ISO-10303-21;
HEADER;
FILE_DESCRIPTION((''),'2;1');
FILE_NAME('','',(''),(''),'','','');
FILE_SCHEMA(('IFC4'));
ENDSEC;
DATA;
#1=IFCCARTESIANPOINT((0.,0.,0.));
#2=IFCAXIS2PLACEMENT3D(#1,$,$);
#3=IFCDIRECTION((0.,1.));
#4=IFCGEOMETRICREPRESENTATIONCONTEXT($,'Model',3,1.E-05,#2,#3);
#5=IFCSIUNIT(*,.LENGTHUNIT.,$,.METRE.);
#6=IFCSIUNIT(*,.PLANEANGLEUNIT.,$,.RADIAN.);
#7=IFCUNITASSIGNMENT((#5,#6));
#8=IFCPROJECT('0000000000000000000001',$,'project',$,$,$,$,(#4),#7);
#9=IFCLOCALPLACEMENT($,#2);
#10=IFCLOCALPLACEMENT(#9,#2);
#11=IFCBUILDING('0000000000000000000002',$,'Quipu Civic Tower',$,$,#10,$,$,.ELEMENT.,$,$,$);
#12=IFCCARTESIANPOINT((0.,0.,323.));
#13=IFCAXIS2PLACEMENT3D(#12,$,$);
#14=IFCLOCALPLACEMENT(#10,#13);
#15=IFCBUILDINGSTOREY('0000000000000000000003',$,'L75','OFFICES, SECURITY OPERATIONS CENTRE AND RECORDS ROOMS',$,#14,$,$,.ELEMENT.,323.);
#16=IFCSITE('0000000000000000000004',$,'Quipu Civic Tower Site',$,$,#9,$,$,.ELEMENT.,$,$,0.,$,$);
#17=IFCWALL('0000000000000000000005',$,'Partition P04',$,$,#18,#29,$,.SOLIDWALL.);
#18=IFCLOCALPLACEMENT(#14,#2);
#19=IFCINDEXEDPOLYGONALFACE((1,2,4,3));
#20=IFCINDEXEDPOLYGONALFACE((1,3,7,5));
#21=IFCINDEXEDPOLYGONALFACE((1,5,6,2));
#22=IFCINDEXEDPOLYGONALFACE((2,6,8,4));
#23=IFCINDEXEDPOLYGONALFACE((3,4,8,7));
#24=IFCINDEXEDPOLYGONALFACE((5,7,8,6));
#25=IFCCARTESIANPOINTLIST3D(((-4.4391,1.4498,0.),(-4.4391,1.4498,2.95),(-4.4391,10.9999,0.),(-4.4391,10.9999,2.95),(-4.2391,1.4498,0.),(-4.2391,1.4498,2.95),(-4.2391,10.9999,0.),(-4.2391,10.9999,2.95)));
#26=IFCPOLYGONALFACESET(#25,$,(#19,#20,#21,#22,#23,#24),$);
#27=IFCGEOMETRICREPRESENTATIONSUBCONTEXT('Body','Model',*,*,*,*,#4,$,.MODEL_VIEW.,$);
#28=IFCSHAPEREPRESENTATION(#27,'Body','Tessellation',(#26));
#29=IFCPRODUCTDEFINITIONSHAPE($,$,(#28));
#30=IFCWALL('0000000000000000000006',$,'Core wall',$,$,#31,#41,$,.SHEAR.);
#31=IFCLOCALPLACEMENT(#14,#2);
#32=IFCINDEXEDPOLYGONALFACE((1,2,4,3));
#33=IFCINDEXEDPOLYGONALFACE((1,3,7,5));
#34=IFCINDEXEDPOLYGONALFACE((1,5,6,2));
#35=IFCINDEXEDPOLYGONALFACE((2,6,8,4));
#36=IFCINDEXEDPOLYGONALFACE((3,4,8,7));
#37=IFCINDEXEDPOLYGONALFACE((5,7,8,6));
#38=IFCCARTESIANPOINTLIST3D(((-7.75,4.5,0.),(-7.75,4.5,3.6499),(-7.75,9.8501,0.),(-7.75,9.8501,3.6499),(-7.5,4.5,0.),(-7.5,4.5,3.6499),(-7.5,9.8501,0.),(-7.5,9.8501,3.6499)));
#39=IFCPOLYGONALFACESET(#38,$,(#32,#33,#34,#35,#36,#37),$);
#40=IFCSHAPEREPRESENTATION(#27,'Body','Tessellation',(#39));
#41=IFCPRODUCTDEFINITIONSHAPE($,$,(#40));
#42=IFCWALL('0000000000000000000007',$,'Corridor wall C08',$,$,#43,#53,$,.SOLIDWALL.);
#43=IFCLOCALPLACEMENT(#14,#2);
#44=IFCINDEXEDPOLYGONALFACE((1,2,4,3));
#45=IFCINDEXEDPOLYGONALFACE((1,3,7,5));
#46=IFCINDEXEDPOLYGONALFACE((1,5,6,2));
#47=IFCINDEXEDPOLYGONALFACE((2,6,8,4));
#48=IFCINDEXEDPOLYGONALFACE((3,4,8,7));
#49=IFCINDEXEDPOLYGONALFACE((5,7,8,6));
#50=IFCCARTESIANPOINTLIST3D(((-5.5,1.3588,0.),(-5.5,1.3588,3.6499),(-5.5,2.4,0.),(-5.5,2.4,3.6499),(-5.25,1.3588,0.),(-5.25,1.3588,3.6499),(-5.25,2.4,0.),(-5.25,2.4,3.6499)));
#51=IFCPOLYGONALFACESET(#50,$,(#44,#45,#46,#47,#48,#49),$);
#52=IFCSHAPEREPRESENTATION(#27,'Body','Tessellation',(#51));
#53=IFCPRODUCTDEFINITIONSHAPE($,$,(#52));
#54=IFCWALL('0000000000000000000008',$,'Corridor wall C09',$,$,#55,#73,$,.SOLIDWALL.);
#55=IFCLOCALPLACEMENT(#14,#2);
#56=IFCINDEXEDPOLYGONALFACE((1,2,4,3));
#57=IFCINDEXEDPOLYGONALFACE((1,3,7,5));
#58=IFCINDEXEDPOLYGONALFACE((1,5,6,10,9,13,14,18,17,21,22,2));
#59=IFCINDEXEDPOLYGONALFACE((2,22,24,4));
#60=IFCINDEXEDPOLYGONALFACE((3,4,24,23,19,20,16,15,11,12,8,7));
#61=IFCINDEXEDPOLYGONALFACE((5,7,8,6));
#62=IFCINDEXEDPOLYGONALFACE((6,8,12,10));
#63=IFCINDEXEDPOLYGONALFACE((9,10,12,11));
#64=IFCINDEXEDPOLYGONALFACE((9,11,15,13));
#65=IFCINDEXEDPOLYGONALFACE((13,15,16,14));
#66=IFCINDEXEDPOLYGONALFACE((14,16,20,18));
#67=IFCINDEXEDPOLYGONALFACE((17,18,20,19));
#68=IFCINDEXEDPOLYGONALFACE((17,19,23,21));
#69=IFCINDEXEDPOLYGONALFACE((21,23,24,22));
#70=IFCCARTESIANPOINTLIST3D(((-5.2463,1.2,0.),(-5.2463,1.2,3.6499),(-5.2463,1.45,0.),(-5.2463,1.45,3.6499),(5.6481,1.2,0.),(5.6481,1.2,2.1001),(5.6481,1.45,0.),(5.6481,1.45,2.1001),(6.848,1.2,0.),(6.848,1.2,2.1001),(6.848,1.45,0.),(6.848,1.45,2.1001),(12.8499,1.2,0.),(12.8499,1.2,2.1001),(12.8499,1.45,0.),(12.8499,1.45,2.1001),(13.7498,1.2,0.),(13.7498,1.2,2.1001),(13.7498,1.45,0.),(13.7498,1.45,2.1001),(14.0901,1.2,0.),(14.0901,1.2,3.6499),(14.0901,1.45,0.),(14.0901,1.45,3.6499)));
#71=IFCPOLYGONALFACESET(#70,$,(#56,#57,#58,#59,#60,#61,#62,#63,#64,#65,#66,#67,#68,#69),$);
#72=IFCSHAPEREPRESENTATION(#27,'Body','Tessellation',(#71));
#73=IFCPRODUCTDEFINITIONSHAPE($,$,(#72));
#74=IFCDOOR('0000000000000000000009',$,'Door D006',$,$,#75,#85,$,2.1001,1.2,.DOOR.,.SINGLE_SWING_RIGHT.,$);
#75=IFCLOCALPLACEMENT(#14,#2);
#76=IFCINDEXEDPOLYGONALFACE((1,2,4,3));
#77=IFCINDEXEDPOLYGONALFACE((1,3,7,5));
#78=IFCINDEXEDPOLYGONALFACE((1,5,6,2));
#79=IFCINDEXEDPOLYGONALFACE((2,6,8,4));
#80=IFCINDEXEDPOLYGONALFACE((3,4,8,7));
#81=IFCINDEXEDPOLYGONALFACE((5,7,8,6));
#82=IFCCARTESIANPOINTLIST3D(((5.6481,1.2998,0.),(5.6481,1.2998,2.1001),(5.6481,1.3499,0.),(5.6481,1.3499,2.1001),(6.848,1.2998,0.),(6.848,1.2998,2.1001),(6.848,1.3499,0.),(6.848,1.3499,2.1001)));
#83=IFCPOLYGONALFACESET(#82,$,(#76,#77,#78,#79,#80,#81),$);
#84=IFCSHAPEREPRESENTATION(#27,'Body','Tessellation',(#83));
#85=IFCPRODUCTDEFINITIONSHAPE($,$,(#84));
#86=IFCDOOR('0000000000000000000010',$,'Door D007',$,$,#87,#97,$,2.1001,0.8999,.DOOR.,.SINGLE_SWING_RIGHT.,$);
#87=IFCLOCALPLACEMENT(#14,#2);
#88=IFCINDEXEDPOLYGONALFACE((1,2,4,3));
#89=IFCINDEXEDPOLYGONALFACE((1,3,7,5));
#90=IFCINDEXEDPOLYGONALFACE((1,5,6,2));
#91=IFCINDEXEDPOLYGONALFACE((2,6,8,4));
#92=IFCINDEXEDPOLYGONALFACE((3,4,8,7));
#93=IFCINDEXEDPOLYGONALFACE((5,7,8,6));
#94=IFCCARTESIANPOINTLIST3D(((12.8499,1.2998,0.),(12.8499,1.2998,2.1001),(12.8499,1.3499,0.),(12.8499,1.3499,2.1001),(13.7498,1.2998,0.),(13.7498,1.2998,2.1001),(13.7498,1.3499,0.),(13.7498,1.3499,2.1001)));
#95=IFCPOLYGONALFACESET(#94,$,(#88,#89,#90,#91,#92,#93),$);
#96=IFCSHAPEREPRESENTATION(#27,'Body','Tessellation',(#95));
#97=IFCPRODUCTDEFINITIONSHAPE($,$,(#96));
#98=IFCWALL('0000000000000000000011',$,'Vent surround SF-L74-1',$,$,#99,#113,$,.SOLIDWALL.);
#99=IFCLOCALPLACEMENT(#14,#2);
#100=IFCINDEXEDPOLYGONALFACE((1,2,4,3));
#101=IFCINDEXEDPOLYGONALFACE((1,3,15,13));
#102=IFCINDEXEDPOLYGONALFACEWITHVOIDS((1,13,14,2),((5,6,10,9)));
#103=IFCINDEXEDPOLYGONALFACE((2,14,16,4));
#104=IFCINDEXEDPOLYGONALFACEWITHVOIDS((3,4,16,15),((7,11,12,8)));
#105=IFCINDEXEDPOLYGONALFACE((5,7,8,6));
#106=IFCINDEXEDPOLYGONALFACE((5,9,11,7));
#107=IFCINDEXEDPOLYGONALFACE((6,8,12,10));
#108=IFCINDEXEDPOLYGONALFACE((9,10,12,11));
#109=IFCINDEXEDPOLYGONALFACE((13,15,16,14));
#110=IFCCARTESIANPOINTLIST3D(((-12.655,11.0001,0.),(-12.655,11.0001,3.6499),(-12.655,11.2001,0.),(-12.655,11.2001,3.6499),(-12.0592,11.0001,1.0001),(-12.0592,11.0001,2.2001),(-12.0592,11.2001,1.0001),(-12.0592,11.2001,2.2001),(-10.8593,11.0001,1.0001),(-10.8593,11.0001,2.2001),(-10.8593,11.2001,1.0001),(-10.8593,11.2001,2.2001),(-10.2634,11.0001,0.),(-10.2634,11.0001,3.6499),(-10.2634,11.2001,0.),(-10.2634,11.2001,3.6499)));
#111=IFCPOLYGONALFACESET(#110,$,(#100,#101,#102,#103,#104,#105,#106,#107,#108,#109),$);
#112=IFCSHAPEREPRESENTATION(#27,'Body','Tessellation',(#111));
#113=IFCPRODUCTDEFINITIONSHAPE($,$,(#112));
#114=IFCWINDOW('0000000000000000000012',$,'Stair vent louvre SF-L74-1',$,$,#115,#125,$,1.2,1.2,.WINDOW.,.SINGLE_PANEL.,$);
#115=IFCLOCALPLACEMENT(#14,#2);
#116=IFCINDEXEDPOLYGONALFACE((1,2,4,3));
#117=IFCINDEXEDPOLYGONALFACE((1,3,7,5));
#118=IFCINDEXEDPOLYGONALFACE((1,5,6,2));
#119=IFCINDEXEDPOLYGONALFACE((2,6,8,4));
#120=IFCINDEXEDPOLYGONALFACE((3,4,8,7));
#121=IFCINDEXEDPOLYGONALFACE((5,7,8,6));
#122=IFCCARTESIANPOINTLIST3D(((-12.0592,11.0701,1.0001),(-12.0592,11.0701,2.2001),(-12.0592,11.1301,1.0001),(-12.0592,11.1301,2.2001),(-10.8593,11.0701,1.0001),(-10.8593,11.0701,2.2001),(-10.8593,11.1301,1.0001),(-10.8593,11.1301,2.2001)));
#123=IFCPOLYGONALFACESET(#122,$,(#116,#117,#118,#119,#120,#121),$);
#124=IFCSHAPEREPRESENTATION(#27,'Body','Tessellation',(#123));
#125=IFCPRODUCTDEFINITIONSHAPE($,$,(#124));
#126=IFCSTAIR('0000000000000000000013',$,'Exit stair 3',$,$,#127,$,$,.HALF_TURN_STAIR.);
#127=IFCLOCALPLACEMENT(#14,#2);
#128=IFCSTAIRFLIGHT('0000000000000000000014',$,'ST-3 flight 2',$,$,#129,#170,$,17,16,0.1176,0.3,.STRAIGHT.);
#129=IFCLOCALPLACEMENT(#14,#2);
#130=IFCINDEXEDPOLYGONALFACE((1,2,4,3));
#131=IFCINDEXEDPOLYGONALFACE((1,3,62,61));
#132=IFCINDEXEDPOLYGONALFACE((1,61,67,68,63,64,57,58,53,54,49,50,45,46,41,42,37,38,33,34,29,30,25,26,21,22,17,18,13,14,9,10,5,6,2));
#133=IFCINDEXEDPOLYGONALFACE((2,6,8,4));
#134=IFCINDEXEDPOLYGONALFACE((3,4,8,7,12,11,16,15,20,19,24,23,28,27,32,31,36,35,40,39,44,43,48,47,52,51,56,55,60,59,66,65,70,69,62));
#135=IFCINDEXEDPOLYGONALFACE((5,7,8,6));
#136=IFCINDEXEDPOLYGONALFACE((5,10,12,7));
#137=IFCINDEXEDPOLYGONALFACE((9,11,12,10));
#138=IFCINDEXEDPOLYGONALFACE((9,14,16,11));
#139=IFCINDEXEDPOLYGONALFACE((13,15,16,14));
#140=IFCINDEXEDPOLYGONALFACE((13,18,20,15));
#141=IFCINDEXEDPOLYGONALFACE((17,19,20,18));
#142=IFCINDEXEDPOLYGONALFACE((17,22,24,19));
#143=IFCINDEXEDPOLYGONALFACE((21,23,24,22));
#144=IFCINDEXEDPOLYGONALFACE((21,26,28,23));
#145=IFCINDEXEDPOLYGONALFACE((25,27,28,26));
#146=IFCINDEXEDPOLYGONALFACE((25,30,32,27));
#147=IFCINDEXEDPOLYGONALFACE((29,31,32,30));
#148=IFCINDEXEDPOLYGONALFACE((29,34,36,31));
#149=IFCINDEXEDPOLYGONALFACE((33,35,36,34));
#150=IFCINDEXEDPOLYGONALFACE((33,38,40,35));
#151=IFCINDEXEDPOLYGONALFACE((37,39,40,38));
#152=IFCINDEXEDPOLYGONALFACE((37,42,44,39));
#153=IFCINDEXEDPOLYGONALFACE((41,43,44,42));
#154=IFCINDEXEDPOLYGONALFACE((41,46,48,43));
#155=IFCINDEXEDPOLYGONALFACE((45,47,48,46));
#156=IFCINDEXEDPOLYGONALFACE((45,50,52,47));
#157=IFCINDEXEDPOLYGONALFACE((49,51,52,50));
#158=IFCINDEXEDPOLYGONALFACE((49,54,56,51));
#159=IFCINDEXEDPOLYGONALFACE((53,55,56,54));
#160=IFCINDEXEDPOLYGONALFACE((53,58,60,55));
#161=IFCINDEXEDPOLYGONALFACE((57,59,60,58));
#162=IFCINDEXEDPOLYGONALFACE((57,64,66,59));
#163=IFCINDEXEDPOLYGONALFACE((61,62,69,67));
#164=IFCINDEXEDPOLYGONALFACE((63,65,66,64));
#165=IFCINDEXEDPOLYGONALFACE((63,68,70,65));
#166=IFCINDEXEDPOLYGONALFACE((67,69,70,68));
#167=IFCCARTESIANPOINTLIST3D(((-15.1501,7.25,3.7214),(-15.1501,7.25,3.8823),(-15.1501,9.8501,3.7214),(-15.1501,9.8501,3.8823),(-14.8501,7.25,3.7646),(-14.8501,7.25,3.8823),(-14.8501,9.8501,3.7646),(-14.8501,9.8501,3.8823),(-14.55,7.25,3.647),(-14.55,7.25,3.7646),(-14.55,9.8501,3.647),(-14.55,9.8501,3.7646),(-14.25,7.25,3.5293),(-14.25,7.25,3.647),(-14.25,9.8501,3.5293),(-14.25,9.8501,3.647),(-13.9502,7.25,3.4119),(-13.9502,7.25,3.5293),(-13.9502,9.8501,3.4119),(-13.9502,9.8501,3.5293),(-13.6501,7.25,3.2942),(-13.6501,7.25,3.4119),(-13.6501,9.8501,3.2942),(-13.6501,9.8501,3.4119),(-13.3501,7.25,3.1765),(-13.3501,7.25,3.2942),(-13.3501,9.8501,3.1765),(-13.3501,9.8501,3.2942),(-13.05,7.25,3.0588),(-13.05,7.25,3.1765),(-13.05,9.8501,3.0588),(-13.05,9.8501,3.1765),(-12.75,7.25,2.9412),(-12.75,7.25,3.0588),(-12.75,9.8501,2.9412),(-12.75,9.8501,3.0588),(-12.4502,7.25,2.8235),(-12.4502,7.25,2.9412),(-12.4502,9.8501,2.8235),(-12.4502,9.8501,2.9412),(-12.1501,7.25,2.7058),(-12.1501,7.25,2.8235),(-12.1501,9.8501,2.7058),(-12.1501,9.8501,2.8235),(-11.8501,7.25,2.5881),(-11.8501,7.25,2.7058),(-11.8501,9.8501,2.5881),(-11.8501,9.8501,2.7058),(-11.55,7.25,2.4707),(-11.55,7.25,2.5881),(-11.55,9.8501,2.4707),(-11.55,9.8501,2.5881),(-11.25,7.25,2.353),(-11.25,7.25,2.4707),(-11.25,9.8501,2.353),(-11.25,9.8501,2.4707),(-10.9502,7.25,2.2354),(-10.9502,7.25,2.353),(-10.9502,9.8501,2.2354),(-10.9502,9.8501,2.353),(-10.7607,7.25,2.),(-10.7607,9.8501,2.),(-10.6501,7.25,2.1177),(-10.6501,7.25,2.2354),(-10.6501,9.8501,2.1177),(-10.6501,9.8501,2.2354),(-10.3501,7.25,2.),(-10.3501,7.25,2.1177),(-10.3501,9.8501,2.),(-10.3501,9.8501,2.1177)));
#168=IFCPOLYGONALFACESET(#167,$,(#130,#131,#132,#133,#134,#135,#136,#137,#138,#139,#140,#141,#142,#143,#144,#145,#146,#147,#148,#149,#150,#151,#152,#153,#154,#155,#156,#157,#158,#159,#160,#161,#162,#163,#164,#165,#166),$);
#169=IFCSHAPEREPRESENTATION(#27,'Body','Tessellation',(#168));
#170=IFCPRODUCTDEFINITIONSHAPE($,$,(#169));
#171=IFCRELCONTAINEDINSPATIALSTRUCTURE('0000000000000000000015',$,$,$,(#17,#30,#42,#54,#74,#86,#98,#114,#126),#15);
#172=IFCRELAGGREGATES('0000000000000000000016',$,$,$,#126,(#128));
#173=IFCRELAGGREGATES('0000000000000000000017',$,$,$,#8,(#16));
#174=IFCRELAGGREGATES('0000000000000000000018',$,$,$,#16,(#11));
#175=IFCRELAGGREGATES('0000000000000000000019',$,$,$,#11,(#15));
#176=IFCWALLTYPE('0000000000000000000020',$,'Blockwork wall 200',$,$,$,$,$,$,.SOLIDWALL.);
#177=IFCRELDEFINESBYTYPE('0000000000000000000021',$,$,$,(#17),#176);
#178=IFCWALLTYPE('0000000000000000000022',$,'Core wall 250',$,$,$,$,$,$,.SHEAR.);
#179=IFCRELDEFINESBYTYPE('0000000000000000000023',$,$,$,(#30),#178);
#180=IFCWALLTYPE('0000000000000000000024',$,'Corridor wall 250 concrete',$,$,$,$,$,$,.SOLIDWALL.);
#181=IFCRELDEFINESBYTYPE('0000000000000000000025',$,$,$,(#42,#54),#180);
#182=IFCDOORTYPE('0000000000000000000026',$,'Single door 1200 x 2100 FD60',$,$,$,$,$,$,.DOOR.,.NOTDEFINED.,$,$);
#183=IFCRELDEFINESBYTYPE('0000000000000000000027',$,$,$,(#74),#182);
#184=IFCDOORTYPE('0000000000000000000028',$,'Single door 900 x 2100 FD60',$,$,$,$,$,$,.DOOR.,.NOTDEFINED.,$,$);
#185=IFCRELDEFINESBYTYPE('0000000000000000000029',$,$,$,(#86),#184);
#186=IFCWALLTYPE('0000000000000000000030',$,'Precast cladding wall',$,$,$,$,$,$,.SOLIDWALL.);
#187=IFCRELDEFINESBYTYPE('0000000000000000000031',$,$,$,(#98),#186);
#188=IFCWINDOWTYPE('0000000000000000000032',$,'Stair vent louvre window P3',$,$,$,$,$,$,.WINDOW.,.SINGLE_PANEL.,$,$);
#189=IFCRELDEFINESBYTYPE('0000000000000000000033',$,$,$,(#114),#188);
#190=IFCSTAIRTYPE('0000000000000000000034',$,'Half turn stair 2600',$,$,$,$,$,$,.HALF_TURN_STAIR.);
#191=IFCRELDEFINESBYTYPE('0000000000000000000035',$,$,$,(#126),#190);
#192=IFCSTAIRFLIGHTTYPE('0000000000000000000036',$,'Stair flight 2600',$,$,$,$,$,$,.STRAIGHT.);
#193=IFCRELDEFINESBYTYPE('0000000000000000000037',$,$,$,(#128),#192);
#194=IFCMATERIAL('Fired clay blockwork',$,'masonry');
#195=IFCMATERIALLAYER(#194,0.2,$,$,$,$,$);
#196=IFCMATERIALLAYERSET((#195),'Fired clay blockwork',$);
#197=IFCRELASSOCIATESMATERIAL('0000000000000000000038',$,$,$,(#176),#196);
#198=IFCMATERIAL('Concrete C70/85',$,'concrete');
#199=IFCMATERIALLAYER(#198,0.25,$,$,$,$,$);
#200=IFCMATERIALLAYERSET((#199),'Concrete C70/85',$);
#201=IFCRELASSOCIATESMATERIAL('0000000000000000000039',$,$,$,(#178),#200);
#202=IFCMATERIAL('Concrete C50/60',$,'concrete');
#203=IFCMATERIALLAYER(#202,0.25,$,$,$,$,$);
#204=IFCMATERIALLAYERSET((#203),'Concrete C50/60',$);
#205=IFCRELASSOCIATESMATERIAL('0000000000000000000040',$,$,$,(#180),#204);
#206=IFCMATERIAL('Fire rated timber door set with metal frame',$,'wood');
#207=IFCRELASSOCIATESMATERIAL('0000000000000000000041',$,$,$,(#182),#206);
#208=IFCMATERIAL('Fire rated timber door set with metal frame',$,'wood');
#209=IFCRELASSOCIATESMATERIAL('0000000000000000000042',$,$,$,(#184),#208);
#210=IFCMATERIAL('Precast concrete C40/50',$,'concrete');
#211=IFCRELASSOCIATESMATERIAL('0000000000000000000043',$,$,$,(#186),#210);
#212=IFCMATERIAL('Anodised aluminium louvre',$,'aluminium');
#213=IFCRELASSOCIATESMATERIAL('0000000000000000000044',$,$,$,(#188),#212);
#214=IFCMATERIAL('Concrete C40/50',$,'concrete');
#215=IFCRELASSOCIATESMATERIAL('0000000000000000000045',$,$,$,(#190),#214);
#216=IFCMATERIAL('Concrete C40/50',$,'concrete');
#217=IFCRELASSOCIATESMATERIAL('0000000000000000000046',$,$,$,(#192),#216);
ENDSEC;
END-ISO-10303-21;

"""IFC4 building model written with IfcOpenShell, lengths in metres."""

from ifc_helpers import new_model, si_unit, direction, frame, frame_2d, origin, place, context, subcontext, project, spatial, polyline, rectangle, outline, extrude, material, layer, layer_set, type_object, element, fill, aggregate, save


model = new_model("IFC4")

# Units and contexts
model_context = context("Model", 3, precision=1e-05, world=origin(), true_north=direction((0.0, 1.0)))
body_context = subcontext(model_context, "Body", "Model", "MODEL_VIEW")
ifc_project = project(units=[si_unit("LENGTHUNIT", "METRE"), si_unit("PLANEANGLEUNIT", "RADIAN")], contexts=[model_context])

# Site, building, storey
site_placement = place(None, origin())
site = spatial("IfcSite", under=ifc_project, at=site_placement, Name="Quipu Civic Tower Site", CompositionType="ELEMENT", RefElevation=0.0)
building_placement = place(site_placement, origin())
building = spatial("IfcBuilding", under=site, at=building_placement, Name="Quipu Civic Tower", CompositionType="ELEMENT")
storey_placement = place(building_placement, frame((0.0, 0.0, 323.0)))
storey = spatial("IfcBuildingStorey", under=building, at=storey_placement, Name="L75", Description="OFFICES, SECURITY OPERATIONS CENTRE AND RECORDS ROOMS", CompositionType="ELEMENT", Elevation=323.0)

# Walls
ifc_material_1 = material(Name="Fired clay blockwork", Category="masonry")
ifc_layer_1 = layer(ifc_material_1, 0.2)
ifc_layer_set_1 = layer_set([ifc_layer_1], Name="Fired clay blockwork")
wall_type_1 = type_object("IfcWallType", Name="Blockwork wall 200", PredefinedType="SOLIDWALL", material=ifc_layer_set_1)
wall_1_placement = place(storey_placement, frame((-4.3391, 1.45, 0.0), z_axis=(0.0, 0.0, 1.0), x_axis=(0.0, 1.0, 0.0)))
element("IfcWall", 1, at=wall_1_placement, inside=storey, type_object=wall_type_1, Name="Partition P04", PredefinedType="SOLIDWALL", context=body_context, shape_type="SweptSolid", body=[
    extrude(rectangle(XDim=9.55, YDim=0.2, at=frame_2d((4.7749, 0.0))), origin(), (0.0, 0.0, 1.0), 2.95),
])
ifc_material_2 = material(Name="Concrete C70/85", Category="concrete")
ifc_layer_2 = layer(ifc_material_2, 0.25)
ifc_layer_set_2 = layer_set([ifc_layer_2], Name="Concrete C70/85")
wall_type_2 = type_object("IfcWallType", Name="Core wall 250", PredefinedType="SHEAR", material=ifc_layer_set_2)
wall_2_placement = place(storey_placement, frame((-7.625, 4.5, 0.0), z_axis=(0.0, 0.0, 1.0), x_axis=(0.0, 1.0, 0.0)))
element("IfcWall", 2, at=wall_2_placement, inside=storey, type_object=wall_type_2, Name="Core wall", PredefinedType="SHEAR", context=body_context, shape_type="SweptSolid", body=[
    extrude(rectangle(XDim=5.3501, YDim=0.25, at=frame_2d((2.675, 0.0))), origin(), (0.0, 0.0, 1.0), 3.6499),
])
ifc_material_3 = material(Name="Concrete C50/60", Category="concrete")
ifc_layer_3 = layer(ifc_material_3, 0.25)
ifc_layer_set_3 = layer_set([ifc_layer_3], Name="Concrete C50/60")
wall_type_3 = type_object("IfcWallType", Name="Corridor wall 250 concrete", PredefinedType="SOLIDWALL", material=ifc_layer_set_3)
wall_3_placement = place(storey_placement, frame((-5.375, 2.3999, 0.0), z_axis=(0.0, 0.0, 1.0), x_axis=(0.0, -1.0, 0.0)))
element("IfcWall", 3, at=wall_3_placement, inside=storey, type_object=wall_type_3, Name="Corridor wall C08", PredefinedType="SOLIDWALL", context=body_context, shape_type="SweptSolid", body=[
    extrude(rectangle(XDim=1.0413, YDim=0.25, at=frame_2d((0.5205, 0.0))), origin(), (0.0, 0.0, 1.0), 3.6499),
])

# Wall, openings, doors
wall_4_placement = place(storey_placement, frame((-5.2463, 1.325, 0.0), z_axis=(0.0, 0.0, 1.0), x_axis=(1.0, 0.0, 0.0)))
wall_4 = element("IfcWall", 4, at=wall_4_placement, inside=storey, type_object=wall_type_3, Name="Corridor wall C09", PredefinedType="SOLIDWALL", context=body_context, shape_type="SweptSolid", body=[
    extrude(rectangle(XDim=19.3364, YDim=0.25, at=frame_2d((9.6682, 0.0))), origin(), (0.0, 0.0, 1.0), 3.6499),
])
opening_1_placement = place(wall_4_placement, frame((10.8943, 0.0, 0.0)))
opening_1 = element("IfcOpeningElement", 5, at=opening_1_placement, cuts=wall_4, PredefinedType="OPENING", context=body_context, shape_type="SweptSolid", body=[
    extrude(rectangle(XDim=1.2, YDim=2.1001, at=frame_2d((0.6001, 1.05))), frame((0.0, 0.135, 0.0), z_axis=(0.0, -1.0, 0.0), x_axis=(1.0, 0.0, 0.0)), (0.0, 0.0, 1.0), 0.27),
])
opening_2_placement = place(wall_4_placement, frame((18.0962, 0.0, 0.0)))
opening_2 = element("IfcOpeningElement", 6, at=opening_2_placement, cuts=wall_4, PredefinedType="OPENING", context=body_context, shape_type="SweptSolid", body=[
    extrude(rectangle(XDim=0.8999, YDim=2.1001, at=frame_2d((0.45, 1.05))), frame((0.0, 0.135, 0.0), z_axis=(0.0, -1.0, 0.0), x_axis=(1.0, 0.0, 0.0)), (0.0, 0.0, 1.0), 0.27),
])
ifc_material_4 = material(Name="Fire rated timber door set with metal frame", Category="wood")
door_type_1 = type_object("IfcDoorType", Name="Single door 1200 x 2100 FD60", OperationType="NOTDEFINED", PredefinedType="DOOR", material=ifc_material_4)
door_1_placement = place(opening_1_placement, origin())
door_1 = element("IfcDoor", 7, at=door_1_placement, inside=storey, type_object=door_type_1, Name="Door D006", OperationType="SINGLE_SWING_RIGHT", OverallHeight=2.1001, OverallWidth=1.2, PredefinedType="DOOR", context=body_context, shape_type="SweptSolid", body=[
    extrude(rectangle(XDim=1.2, YDim=2.1001, at=frame_2d((0.6001, 1.05))), frame((0.0, 0.0249, 0.0), z_axis=(0.0, -1.0, 0.0), x_axis=(1.0, 0.0, 0.0)), (0.0, 0.0, 1.0), 0.05),
])
fill(opening_1, door_1)
ifc_material_5 = material(Name="Fire rated timber door set with metal frame", Category="wood")
door_type_2 = type_object("IfcDoorType", Name="Single door 900 x 2100 FD60", OperationType="NOTDEFINED", PredefinedType="DOOR", material=ifc_material_5)
door_2_placement = place(opening_2_placement, origin())
door_2 = element("IfcDoor", 8, at=door_2_placement, inside=storey, type_object=door_type_2, Name="Door D007", OperationType="SINGLE_SWING_RIGHT", OverallHeight=2.1001, OverallWidth=0.8999, PredefinedType="DOOR", context=body_context, shape_type="SweptSolid", body=[
    extrude(rectangle(XDim=0.8999, YDim=2.1001, at=frame_2d((0.45, 1.05))), frame((0.0, 0.0249, 0.0), z_axis=(0.0, -1.0, 0.0), x_axis=(1.0, 0.0, 0.0)), (0.0, 0.0, 1.0), 0.05),
])
fill(opening_2, door_2)

# Wall, opening, window
ifc_material_6 = material(Name="Precast concrete C40/50", Category="concrete")
wall_type_4 = type_object("IfcWallType", Name="Precast cladding wall", PredefinedType="SOLIDWALL", material=ifc_material_6)
wall_5_placement = place(storey_placement, frame((-10.2634, 11.1001, 0.0), z_axis=(0.0, 0.0, 1.0), x_axis=(-1.0, 0.0, 0.0)))
wall_5 = element("IfcWall", 9, at=wall_5_placement, inside=storey, type_object=wall_type_4, Name="Vent surround SF-L74-1", PredefinedType="SOLIDWALL", context=body_context, shape_type="SweptSolid", body=[
    extrude(rectangle(XDim=2.3916, YDim=0.2, at=frame_2d((1.1958, 0.0))), origin(), (0.0, 0.0, 1.0), 3.6499),
])
opening_3_placement = place(wall_5_placement, frame((0.5957, 0.0, 1.0)))
opening_3 = element("IfcOpeningElement", 10, at=opening_3_placement, cuts=wall_5, PredefinedType="OPENING", context=body_context, shape_type="SweptSolid", body=[
    extrude(rectangle(XDim=1.2, YDim=1.2, at=frame_2d((0.6001, 0.6001))), frame((0.0, 0.1099, 0.0), z_axis=(0.0, -1.0, 0.0), x_axis=(1.0, 0.0, 0.0)), (0.0, 0.0, 1.0), 0.22),
])
ifc_material_7 = material(Name="Anodised aluminium louvre", Category="aluminium")
window_type = type_object("IfcWindowType", Name="Stair vent louvre window P3", PartitioningType="SINGLE_PANEL", PredefinedType="WINDOW", material=ifc_material_7)
window_placement = place(opening_3_placement, origin())
window = element("IfcWindow", 11, at=window_placement, inside=storey, type_object=window_type, Name="Stair vent louvre SF-L74-1", OverallHeight=1.2, OverallWidth=1.2, PartitioningType="SINGLE_PANEL", PredefinedType="WINDOW", context=body_context, shape_type="SweptSolid", body=[
    extrude(rectangle(XDim=1.2, YDim=1.2, at=frame_2d((0.6001, 0.6001))), frame((0.0, 0.03, 0.0), z_axis=(0.0, -1.0, 0.0), x_axis=(1.0, 0.0, 0.0)), (0.0, 0.0, 1.0), 0.0601),
])
fill(opening_3, window)

# Stair, stair flight
ifc_material_8 = material(Name="Concrete C40/50", Category="concrete")
stair_type = type_object("IfcStairType", Name="Half turn stair 2600", PredefinedType="HALF_TURN_STAIR", material=ifc_material_8)
stair_placement = place(storey_placement, origin())
stair = element("IfcStair", 12, at=stair_placement, inside=storey, type_object=stair_type, Name="Exit stair 3", PredefinedType="HALF_TURN_STAIR")
ifc_material_9 = material(Name="Concrete C40/50", Category="concrete")
stair_flight_type = type_object("IfcStairFlightType", Name="Stair flight 2600", PredefinedType="STRAIGHT", material=ifc_material_9)
stair_flight_placement = place(storey_placement, frame((-10.3501, 8.55, 2.0), z_axis=(0.0, 0.0, 1.0), x_axis=(-1.0, 0.0, 0.0)))
stair_flight = element("IfcStairFlight", 13, at=stair_flight_placement, type_object=stair_flight_type, Name="ST-3 flight 2", NumberOfRisers=17, NumberOfTreads=16, PredefinedType="STRAIGHT", RiserHeight=0.1176, TreadLength=0.3, context=body_context, shape_type="SweptSolid", body=[
    extrude(outline(polyline([(0.0, 0.0), (0.0, 0.1177), (0.3, 0.1177), (0.3, 0.2354), (0.6001, 0.2354), (0.6001, 0.353), (0.8999, 0.353), (0.8999, 0.4707), (1.2, 0.4707), (1.2, 0.5881), (1.5, 0.5881), (1.5, 0.7058), (1.8, 0.7058), (1.8, 0.8235), (2.1001, 0.8235), (2.1001, 0.9412), (2.3999, 0.9412), (2.3999, 1.0588), (2.7, 1.0588), (2.7, 1.1765), (3.0, 1.1765), (3.0, 1.2942), (3.3, 1.2942), (3.3, 1.4119), (3.6001, 1.4119), (3.6001, 1.5293), (3.8999, 1.5293), (3.8999, 1.647), (4.2, 1.647), (4.2, 1.7646), (4.5, 1.7646), (4.5, 1.8823), (4.8, 1.8823), (4.8, 2.0), (4.8, 1.7214), (0.4106, 0.0), (0.0, 0.0)])), frame((0.0, 1.3, 0.0), z_axis=(0.0, -1.0, 0.0), x_axis=(1.0, 0.0, 0.0)), (0.0, 0.0, 1.0), 2.6001),
])
aggregate(stair, [stair_flight])

save(model, "model.ifc")
